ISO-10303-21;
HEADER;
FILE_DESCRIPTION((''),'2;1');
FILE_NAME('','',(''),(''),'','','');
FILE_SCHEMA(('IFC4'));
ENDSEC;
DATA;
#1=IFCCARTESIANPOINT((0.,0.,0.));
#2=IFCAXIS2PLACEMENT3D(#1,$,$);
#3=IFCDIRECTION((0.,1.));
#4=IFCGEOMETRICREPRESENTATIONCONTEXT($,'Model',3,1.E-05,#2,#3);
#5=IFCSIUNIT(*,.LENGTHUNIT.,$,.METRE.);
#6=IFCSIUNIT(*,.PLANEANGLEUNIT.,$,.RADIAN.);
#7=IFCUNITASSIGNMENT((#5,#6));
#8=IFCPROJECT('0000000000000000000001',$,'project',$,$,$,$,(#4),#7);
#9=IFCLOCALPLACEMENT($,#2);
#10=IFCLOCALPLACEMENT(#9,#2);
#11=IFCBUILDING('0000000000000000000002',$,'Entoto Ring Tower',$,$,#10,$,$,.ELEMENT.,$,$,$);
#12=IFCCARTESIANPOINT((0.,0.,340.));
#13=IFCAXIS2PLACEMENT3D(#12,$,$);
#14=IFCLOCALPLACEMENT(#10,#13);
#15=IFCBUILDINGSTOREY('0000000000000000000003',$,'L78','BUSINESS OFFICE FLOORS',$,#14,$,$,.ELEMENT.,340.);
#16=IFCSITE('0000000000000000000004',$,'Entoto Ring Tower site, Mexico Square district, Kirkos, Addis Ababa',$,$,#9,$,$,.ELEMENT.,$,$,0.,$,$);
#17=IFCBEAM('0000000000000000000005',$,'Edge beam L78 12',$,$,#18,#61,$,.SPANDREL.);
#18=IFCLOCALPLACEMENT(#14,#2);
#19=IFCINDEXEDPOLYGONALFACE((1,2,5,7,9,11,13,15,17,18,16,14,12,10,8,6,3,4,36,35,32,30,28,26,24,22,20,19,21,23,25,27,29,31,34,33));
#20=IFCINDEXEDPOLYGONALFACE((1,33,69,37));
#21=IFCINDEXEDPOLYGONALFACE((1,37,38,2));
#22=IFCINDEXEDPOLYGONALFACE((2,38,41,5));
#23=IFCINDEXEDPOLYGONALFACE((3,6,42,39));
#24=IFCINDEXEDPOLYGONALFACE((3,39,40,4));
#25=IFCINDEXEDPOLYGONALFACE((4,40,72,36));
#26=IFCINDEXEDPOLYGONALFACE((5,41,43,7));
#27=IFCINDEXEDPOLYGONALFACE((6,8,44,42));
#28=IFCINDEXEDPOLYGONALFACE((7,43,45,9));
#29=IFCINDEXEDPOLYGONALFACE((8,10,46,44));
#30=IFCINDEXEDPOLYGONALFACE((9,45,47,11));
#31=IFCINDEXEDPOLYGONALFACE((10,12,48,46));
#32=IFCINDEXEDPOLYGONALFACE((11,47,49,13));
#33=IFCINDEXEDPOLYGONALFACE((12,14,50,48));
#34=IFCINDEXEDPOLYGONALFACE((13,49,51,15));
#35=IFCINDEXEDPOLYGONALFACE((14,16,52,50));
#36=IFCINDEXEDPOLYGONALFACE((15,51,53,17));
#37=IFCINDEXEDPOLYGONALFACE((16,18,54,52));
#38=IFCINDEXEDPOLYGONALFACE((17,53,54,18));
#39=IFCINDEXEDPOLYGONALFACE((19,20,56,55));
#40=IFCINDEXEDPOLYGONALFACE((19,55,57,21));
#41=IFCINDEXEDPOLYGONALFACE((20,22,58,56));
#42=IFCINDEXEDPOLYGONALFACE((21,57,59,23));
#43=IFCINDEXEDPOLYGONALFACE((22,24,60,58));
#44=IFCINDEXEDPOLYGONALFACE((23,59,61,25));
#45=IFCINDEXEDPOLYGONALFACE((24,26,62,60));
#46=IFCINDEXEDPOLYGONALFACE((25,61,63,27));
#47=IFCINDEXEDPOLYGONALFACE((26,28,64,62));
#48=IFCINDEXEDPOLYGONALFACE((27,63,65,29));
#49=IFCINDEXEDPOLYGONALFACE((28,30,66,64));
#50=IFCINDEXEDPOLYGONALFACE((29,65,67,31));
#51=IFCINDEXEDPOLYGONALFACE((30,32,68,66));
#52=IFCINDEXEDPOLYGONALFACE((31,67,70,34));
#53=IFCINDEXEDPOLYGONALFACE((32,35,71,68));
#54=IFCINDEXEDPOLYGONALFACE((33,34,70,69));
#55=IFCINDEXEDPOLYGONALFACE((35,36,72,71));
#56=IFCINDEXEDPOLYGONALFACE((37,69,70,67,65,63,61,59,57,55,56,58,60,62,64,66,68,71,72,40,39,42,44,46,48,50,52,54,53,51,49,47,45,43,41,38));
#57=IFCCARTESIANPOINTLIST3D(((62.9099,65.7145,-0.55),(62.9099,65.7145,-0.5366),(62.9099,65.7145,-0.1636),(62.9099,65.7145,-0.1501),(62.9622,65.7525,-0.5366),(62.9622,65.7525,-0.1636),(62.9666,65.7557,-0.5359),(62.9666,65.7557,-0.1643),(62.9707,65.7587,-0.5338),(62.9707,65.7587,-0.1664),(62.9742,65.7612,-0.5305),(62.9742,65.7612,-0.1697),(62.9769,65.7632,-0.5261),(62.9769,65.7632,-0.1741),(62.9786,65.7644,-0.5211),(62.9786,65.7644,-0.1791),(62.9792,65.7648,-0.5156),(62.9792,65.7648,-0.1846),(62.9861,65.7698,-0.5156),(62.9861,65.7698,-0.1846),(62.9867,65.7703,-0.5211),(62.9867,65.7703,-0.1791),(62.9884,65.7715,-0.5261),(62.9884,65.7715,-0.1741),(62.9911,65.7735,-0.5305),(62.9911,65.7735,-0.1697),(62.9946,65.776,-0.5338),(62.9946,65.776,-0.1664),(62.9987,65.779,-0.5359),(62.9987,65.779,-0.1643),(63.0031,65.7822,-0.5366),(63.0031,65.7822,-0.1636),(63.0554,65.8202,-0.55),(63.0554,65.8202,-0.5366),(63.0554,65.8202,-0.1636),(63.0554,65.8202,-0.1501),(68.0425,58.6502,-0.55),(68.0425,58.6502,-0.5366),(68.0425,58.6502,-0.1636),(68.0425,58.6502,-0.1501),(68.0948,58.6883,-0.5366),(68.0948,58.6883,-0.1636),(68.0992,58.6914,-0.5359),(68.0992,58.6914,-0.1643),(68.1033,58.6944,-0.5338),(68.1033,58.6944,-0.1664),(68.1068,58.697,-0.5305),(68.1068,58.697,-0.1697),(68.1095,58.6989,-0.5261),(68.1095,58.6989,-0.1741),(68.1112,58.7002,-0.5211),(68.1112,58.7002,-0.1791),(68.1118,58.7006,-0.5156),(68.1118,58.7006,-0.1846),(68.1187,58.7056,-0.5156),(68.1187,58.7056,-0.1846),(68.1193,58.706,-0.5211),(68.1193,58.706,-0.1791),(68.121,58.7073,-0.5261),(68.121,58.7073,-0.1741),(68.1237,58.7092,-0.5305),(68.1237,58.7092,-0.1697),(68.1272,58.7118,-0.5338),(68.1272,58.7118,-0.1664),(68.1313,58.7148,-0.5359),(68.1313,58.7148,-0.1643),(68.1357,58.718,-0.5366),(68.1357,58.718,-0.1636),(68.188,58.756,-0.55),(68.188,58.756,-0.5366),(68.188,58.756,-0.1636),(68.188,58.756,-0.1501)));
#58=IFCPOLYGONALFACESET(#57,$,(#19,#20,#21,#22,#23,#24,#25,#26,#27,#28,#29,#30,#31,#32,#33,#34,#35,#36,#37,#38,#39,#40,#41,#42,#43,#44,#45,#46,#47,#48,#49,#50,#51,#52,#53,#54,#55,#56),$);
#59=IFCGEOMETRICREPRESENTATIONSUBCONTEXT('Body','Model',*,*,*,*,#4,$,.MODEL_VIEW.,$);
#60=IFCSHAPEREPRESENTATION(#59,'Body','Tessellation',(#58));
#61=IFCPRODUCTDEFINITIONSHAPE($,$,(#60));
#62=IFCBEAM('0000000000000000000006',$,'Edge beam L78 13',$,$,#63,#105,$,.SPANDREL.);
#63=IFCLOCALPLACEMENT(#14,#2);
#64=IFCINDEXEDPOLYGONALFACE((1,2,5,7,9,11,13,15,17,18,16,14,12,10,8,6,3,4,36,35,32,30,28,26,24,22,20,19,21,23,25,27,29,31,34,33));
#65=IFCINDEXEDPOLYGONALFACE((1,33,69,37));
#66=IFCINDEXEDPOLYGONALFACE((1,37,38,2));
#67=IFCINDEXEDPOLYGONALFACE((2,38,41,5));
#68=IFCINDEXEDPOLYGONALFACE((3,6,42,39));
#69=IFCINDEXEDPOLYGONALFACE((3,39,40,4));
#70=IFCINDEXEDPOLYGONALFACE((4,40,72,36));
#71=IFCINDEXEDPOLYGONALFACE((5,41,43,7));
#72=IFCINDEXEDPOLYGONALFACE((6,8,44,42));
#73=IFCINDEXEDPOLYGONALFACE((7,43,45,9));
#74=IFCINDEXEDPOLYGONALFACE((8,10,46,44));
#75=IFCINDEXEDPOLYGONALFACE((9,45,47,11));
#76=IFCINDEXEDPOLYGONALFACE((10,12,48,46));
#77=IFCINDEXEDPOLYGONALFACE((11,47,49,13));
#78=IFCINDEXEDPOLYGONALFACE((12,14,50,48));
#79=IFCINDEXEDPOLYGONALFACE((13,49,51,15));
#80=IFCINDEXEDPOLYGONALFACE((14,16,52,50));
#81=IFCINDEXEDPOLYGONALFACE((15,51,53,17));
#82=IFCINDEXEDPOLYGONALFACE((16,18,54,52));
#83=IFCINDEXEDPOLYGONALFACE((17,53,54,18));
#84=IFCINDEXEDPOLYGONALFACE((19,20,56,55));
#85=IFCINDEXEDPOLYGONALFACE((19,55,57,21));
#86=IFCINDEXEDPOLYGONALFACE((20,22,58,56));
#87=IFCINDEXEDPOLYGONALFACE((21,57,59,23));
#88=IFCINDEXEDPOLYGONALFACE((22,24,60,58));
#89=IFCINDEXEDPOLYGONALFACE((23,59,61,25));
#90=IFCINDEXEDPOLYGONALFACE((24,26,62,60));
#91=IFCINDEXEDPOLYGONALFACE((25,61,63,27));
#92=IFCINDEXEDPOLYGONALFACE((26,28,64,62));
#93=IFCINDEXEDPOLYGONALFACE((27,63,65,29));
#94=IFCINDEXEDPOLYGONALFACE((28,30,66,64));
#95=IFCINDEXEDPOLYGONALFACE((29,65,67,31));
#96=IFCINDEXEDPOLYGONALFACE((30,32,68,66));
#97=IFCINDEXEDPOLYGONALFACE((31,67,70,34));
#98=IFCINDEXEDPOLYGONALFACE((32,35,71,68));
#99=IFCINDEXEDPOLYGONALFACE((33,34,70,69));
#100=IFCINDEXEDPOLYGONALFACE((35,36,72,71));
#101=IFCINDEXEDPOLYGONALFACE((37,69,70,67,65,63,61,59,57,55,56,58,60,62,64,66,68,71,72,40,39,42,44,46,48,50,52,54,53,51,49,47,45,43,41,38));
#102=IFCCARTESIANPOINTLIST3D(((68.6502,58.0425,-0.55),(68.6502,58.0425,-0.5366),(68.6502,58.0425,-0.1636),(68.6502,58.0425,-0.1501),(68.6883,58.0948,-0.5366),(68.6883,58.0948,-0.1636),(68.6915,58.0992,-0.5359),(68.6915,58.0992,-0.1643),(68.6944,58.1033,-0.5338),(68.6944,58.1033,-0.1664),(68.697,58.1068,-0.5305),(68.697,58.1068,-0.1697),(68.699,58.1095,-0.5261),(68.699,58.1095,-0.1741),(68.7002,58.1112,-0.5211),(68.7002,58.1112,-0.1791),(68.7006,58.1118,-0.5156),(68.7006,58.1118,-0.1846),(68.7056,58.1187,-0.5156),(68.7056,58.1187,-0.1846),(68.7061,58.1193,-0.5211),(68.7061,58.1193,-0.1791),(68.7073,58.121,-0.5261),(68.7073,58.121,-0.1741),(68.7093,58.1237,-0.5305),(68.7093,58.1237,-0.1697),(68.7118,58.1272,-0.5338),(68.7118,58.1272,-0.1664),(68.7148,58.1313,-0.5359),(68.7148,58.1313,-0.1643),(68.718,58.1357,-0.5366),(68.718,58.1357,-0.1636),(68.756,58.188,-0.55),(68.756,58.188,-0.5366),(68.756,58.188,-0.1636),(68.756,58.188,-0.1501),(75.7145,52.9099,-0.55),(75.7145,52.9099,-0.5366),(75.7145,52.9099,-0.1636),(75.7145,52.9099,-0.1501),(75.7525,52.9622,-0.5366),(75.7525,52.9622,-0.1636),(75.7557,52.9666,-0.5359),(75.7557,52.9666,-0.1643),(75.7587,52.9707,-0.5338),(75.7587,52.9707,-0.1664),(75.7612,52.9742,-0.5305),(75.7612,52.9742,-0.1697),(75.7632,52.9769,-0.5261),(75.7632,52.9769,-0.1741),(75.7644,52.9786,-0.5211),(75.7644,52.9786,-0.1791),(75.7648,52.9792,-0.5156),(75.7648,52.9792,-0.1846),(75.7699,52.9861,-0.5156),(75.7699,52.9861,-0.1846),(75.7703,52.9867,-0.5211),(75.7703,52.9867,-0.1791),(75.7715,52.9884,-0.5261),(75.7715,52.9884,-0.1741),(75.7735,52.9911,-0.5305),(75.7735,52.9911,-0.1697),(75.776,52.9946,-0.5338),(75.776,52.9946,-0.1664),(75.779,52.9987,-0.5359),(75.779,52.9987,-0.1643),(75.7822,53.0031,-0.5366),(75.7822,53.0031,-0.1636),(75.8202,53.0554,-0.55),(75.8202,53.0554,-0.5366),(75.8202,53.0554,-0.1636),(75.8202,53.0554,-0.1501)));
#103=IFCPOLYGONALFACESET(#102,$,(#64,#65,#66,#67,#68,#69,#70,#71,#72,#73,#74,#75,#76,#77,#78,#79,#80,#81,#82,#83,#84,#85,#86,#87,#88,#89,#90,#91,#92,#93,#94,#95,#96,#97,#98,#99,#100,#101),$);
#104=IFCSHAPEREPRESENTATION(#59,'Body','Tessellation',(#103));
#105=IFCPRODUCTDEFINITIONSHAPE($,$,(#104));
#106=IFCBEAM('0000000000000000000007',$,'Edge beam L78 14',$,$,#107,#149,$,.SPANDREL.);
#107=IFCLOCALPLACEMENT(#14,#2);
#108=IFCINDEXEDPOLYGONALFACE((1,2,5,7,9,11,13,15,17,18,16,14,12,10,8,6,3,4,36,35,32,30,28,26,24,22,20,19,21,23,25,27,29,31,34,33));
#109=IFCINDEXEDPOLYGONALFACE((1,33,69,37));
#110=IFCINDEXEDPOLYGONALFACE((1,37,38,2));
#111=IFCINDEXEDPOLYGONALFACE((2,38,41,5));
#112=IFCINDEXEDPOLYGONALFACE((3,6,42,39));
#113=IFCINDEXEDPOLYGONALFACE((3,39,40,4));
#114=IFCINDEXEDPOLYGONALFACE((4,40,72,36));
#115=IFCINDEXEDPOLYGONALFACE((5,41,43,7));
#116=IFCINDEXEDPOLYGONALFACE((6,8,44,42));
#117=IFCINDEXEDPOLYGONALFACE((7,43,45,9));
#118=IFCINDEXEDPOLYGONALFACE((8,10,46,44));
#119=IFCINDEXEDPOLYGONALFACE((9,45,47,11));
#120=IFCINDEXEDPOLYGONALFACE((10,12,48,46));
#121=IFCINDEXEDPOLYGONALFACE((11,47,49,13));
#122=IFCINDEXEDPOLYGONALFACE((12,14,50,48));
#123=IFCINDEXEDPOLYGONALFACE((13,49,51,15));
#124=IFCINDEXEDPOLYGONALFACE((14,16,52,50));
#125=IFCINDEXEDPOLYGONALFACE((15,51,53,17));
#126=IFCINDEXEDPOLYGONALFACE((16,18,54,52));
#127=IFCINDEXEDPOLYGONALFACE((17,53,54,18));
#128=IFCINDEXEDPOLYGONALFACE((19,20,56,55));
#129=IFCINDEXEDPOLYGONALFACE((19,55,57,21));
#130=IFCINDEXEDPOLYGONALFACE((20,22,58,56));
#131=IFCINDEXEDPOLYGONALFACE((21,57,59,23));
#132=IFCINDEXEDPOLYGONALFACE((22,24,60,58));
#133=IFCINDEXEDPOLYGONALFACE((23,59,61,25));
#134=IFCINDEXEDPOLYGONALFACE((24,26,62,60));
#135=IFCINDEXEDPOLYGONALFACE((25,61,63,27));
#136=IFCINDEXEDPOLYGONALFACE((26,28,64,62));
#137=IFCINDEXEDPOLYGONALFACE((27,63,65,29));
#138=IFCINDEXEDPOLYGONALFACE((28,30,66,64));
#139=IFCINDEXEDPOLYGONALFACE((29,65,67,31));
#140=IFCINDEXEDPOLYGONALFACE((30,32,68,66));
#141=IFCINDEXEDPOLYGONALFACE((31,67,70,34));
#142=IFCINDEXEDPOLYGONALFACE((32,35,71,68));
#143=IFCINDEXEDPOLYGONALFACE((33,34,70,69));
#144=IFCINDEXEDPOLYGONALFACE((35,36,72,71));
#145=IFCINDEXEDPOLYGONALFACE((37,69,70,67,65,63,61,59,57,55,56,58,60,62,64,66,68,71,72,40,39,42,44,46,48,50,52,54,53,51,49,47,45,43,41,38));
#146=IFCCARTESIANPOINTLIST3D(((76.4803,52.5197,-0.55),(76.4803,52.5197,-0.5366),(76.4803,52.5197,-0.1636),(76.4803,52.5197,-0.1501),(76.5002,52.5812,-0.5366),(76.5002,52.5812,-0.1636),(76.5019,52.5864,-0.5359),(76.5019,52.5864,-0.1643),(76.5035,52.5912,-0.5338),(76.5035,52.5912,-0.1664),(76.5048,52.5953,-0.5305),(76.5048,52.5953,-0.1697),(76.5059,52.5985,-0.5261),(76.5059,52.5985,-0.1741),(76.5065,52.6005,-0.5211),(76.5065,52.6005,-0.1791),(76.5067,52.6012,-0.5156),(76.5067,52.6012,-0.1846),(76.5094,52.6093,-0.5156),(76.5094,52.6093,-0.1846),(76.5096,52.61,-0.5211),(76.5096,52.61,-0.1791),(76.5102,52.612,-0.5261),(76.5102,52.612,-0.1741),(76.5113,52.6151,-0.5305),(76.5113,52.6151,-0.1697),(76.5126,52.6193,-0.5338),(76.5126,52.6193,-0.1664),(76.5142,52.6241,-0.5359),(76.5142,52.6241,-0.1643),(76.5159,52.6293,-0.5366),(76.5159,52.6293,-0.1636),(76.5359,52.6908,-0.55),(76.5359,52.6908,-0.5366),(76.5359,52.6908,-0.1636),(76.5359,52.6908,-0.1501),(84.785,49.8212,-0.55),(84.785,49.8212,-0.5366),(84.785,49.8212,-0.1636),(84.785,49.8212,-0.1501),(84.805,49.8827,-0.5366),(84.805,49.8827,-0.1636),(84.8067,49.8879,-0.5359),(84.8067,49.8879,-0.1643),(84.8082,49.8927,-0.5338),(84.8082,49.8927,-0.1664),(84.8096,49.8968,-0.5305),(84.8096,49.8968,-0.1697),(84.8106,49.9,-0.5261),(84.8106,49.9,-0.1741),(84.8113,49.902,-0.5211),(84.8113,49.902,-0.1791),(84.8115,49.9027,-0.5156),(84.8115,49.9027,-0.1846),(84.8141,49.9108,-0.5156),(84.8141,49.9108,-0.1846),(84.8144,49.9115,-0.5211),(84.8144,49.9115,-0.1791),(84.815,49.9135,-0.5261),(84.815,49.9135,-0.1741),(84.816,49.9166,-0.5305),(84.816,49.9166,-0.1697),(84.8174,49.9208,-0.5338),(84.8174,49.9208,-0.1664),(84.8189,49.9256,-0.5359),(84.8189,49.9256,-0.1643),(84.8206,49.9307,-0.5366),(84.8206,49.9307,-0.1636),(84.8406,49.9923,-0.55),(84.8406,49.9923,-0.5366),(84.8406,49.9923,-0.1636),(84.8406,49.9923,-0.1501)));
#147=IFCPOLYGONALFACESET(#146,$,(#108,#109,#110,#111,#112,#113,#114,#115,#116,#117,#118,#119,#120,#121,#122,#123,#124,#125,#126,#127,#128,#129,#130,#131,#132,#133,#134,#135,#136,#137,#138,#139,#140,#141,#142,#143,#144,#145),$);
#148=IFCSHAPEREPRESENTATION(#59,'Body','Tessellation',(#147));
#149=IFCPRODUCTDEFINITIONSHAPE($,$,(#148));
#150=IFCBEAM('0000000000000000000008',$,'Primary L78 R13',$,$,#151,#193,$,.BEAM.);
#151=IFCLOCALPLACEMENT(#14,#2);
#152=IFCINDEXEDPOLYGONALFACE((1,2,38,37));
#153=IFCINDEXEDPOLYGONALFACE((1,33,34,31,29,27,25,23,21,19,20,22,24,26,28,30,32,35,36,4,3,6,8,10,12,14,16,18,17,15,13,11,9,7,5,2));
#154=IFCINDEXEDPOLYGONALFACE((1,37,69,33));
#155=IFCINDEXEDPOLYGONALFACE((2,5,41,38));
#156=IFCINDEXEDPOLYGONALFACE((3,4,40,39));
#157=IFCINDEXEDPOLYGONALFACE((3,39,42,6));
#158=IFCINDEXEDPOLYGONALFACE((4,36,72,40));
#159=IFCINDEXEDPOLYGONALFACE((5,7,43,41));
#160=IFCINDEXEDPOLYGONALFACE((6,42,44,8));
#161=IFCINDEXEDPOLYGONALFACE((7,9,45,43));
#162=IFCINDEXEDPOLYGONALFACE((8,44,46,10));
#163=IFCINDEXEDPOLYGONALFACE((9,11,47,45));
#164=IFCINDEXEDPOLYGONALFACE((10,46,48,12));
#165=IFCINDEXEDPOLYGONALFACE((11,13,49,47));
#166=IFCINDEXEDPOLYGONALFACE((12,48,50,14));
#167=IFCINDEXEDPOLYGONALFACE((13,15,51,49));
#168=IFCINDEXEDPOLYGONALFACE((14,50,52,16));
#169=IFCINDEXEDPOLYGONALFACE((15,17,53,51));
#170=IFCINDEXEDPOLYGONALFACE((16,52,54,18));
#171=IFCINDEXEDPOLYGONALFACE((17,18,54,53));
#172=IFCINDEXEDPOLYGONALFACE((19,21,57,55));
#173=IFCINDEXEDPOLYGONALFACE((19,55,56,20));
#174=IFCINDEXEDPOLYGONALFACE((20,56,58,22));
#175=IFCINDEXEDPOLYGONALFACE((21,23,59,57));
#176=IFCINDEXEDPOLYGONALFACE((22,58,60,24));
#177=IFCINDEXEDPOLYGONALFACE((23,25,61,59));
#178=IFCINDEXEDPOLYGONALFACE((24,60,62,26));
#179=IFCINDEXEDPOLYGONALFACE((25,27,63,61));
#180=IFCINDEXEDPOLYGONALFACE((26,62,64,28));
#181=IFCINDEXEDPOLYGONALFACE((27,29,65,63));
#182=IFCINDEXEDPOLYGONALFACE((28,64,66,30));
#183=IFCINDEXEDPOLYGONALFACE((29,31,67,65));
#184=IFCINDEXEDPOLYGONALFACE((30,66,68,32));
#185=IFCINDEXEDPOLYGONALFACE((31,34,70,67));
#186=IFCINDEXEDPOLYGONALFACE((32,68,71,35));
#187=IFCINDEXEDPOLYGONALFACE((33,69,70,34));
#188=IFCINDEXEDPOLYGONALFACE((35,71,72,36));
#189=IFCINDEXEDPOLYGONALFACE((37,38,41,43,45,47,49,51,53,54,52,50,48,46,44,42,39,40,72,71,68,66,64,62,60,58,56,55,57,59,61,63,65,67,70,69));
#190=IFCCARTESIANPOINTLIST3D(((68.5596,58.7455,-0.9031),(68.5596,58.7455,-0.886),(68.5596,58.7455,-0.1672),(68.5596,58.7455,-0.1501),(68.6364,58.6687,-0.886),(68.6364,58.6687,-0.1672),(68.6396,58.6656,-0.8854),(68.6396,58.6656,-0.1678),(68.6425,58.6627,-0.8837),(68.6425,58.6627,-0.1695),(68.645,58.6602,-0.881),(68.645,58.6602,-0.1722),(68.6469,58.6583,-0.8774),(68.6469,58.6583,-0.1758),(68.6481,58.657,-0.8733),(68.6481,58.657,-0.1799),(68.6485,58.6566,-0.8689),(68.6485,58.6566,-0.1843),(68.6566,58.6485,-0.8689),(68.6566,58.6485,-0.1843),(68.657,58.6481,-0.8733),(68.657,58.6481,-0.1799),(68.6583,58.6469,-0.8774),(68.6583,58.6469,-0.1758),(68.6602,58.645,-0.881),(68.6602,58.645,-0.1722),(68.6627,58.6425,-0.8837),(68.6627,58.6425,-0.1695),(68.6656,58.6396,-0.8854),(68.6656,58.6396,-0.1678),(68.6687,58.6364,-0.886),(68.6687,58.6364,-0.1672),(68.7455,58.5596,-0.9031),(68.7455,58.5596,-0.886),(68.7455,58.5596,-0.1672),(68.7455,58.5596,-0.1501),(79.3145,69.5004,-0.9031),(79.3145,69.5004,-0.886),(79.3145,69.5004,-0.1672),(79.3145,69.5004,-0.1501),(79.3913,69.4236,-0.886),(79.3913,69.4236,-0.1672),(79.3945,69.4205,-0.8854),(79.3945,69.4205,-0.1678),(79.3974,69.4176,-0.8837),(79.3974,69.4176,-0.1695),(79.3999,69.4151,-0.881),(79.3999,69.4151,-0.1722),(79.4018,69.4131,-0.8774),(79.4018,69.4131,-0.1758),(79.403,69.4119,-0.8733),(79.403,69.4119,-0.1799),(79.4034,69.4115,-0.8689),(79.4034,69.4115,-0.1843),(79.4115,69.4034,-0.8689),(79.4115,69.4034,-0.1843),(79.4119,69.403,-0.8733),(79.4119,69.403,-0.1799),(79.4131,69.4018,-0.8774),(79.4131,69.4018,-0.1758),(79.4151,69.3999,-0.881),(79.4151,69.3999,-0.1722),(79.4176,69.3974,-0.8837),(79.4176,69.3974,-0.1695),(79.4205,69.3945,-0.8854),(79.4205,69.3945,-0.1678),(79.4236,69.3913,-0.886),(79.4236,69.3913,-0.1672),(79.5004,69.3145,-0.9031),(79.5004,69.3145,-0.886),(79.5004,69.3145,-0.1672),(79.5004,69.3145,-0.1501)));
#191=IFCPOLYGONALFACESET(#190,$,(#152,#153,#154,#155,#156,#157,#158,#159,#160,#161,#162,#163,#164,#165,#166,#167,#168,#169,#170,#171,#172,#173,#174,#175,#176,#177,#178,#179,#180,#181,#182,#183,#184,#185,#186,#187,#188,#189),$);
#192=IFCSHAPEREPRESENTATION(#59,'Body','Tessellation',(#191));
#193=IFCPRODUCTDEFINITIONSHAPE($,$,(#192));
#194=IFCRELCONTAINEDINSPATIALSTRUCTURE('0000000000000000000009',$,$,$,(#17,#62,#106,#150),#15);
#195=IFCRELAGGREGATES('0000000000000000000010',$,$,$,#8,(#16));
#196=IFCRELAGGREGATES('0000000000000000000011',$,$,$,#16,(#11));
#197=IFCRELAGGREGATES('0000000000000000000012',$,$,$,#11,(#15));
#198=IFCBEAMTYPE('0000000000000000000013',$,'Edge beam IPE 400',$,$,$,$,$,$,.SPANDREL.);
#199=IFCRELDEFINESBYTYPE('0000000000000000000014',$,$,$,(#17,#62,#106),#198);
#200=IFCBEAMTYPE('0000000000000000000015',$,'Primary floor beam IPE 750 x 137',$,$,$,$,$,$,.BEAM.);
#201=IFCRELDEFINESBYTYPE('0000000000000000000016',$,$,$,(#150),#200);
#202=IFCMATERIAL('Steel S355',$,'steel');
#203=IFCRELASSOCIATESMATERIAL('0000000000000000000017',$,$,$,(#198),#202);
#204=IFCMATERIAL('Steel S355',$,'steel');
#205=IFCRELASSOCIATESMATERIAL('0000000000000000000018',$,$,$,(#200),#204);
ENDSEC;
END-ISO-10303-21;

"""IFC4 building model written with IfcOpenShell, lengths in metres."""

from ifc_helpers import new_model, si_unit, direction, frame, origin, origin_2d, place, context, subcontext, project, spatial, i_section, extrude, material, material_profile, profile_set, type_object, element, save


model = new_model("IFC4")

# Units and contexts
model_context = context("Model", 3, precision=1e-05, world=origin(), true_north=direction((0.0, 1.0)))
body_context = subcontext(model_context, "Body", "Model", "MODEL_VIEW")
ifc_project = project(units=[si_unit("LENGTHUNIT", "METRE"), si_unit("PLANEANGLEUNIT", "RADIAN")], contexts=[model_context])

# Site, building, storey
site_placement = place(None, origin())
site = spatial("IfcSite", under=ifc_project, at=site_placement, Name="Entoto Ring Tower site, Mexico Square district, Kirkos, Addis Ababa", CompositionType="ELEMENT", RefElevation=0.0)
building_placement = place(site_placement, origin())
building = spatial("IfcBuilding", under=site, at=building_placement, Name="Entoto Ring Tower", CompositionType="ELEMENT")
storey_placement = place(building_placement, frame((0.0, 0.0, 340.0)))
storey = spatial("IfcBuildingStorey", under=building, at=storey_placement, Name="L78", Description="BUSINESS OFFICE FLOORS", CompositionType="ELEMENT", Elevation=340.0)

# Beams
ifc_material_1 = material(Name="Steel S355", Category="steel")
ifc_material_profile_1 = material_profile(ifc_material_1, i_section(OverallWidth=0.1799, OverallDepth=0.3999, WebThickness=0.0085, FlangeThickness=0.0134, FilletRadius=0.021, at=origin_2d()), Name="IPE 400")
ifc_profile_set_1 = profile_set([ifc_material_profile_1], Name="Steel S355")
beam_type_1 = type_object("IfcBeamType", Name="Edge beam IPE 400", PredefinedType="SPANDREL", material=ifc_profile_set_1)
for number, where, z_axis, x_axis, name in (
    (1, (62.9827, 65.7673, -0.3501), (0.587794, -0.80901, 0.0), (0.80901, 0.587794, 0.0), "Edge beam L78 12"),
    (2, (68.7031, 58.1152, -0.3501), (0.80901, -0.587794, 0.0), (0.587794, 0.80901, 0.0), "Edge beam L78 13"),
):
    element("IfcBeam", number, at=place(storey_placement, frame(where, z_axis=z_axis, x_axis=x_axis)), inside=storey, type_object=beam_type_1, Name=name, PredefinedType="SPANDREL", context=body_context, shape_type="SweptSolid", body=[
        extrude(i_section(OverallWidth=0.1799, OverallDepth=0.3999, WebThickness=0.0085, FlangeThickness=0.0134, FilletRadius=0.021, at=origin_2d()), origin(), (0.0, 0.0, 1.0), 8.7319),
    ])
beam_1_placement = place(storey_placement, frame((76.5081, 52.6052, -0.3501), z_axis=(0.951052, -0.30903, 0.0), x_axis=(0.30903, 0.951052, 0.0)))
element("IfcBeam", 3, at=beam_1_placement, inside=storey, type_object=beam_type_1, Name="Edge beam L78 14", PredefinedType="SPANDREL", context=body_context, shape_type="SweptSolid", body=[
    extrude(i_section(OverallWidth=0.1799, OverallDepth=0.3999, WebThickness=0.0085, FlangeThickness=0.0134, FilletRadius=0.021, at=origin_2d()), origin(), (0.0, 0.0, 1.0), 8.7322),
])
ifc_material_2 = material(Name="Steel S355", Category="steel")
ifc_material_profile_2 = material_profile(ifc_material_2, i_section(OverallWidth=0.2629, OverallDepth=0.7529, WebThickness=0.0115, FlangeThickness=0.0171, FilletRadius=0.0171, at=origin_2d()), Name="IPE 750 x 137")
ifc_profile_set_2 = profile_set([ifc_material_profile_2], Name="Steel S355")
beam_type_2 = type_object("IfcBeamType", Name="Primary floor beam IPE 750 x 137", PredefinedType="BEAM", material=ifc_profile_set_2)
beam_2_placement = place(storey_placement, frame((79.4075, 69.4075, -0.5266), z_axis=(-0.707107, -0.707107, 0.0), x_axis=(0.707107, -0.707107, 0.0)))
element("IfcBeam", 4, at=beam_2_placement, inside=storey, type_object=beam_type_2, Name="Primary L78 R13", PredefinedType="BEAM", context=body_context, shape_type="SweptSolid", body=[
    extrude(i_section(OverallWidth=0.2629, OverallDepth=0.7529, WebThickness=0.0115, FlangeThickness=0.0171, FilletRadius=0.0171, at=origin_2d()), origin(), (0.0, 0.0, 1.0), 15.2097),
])

save(model, "model.ifc")
